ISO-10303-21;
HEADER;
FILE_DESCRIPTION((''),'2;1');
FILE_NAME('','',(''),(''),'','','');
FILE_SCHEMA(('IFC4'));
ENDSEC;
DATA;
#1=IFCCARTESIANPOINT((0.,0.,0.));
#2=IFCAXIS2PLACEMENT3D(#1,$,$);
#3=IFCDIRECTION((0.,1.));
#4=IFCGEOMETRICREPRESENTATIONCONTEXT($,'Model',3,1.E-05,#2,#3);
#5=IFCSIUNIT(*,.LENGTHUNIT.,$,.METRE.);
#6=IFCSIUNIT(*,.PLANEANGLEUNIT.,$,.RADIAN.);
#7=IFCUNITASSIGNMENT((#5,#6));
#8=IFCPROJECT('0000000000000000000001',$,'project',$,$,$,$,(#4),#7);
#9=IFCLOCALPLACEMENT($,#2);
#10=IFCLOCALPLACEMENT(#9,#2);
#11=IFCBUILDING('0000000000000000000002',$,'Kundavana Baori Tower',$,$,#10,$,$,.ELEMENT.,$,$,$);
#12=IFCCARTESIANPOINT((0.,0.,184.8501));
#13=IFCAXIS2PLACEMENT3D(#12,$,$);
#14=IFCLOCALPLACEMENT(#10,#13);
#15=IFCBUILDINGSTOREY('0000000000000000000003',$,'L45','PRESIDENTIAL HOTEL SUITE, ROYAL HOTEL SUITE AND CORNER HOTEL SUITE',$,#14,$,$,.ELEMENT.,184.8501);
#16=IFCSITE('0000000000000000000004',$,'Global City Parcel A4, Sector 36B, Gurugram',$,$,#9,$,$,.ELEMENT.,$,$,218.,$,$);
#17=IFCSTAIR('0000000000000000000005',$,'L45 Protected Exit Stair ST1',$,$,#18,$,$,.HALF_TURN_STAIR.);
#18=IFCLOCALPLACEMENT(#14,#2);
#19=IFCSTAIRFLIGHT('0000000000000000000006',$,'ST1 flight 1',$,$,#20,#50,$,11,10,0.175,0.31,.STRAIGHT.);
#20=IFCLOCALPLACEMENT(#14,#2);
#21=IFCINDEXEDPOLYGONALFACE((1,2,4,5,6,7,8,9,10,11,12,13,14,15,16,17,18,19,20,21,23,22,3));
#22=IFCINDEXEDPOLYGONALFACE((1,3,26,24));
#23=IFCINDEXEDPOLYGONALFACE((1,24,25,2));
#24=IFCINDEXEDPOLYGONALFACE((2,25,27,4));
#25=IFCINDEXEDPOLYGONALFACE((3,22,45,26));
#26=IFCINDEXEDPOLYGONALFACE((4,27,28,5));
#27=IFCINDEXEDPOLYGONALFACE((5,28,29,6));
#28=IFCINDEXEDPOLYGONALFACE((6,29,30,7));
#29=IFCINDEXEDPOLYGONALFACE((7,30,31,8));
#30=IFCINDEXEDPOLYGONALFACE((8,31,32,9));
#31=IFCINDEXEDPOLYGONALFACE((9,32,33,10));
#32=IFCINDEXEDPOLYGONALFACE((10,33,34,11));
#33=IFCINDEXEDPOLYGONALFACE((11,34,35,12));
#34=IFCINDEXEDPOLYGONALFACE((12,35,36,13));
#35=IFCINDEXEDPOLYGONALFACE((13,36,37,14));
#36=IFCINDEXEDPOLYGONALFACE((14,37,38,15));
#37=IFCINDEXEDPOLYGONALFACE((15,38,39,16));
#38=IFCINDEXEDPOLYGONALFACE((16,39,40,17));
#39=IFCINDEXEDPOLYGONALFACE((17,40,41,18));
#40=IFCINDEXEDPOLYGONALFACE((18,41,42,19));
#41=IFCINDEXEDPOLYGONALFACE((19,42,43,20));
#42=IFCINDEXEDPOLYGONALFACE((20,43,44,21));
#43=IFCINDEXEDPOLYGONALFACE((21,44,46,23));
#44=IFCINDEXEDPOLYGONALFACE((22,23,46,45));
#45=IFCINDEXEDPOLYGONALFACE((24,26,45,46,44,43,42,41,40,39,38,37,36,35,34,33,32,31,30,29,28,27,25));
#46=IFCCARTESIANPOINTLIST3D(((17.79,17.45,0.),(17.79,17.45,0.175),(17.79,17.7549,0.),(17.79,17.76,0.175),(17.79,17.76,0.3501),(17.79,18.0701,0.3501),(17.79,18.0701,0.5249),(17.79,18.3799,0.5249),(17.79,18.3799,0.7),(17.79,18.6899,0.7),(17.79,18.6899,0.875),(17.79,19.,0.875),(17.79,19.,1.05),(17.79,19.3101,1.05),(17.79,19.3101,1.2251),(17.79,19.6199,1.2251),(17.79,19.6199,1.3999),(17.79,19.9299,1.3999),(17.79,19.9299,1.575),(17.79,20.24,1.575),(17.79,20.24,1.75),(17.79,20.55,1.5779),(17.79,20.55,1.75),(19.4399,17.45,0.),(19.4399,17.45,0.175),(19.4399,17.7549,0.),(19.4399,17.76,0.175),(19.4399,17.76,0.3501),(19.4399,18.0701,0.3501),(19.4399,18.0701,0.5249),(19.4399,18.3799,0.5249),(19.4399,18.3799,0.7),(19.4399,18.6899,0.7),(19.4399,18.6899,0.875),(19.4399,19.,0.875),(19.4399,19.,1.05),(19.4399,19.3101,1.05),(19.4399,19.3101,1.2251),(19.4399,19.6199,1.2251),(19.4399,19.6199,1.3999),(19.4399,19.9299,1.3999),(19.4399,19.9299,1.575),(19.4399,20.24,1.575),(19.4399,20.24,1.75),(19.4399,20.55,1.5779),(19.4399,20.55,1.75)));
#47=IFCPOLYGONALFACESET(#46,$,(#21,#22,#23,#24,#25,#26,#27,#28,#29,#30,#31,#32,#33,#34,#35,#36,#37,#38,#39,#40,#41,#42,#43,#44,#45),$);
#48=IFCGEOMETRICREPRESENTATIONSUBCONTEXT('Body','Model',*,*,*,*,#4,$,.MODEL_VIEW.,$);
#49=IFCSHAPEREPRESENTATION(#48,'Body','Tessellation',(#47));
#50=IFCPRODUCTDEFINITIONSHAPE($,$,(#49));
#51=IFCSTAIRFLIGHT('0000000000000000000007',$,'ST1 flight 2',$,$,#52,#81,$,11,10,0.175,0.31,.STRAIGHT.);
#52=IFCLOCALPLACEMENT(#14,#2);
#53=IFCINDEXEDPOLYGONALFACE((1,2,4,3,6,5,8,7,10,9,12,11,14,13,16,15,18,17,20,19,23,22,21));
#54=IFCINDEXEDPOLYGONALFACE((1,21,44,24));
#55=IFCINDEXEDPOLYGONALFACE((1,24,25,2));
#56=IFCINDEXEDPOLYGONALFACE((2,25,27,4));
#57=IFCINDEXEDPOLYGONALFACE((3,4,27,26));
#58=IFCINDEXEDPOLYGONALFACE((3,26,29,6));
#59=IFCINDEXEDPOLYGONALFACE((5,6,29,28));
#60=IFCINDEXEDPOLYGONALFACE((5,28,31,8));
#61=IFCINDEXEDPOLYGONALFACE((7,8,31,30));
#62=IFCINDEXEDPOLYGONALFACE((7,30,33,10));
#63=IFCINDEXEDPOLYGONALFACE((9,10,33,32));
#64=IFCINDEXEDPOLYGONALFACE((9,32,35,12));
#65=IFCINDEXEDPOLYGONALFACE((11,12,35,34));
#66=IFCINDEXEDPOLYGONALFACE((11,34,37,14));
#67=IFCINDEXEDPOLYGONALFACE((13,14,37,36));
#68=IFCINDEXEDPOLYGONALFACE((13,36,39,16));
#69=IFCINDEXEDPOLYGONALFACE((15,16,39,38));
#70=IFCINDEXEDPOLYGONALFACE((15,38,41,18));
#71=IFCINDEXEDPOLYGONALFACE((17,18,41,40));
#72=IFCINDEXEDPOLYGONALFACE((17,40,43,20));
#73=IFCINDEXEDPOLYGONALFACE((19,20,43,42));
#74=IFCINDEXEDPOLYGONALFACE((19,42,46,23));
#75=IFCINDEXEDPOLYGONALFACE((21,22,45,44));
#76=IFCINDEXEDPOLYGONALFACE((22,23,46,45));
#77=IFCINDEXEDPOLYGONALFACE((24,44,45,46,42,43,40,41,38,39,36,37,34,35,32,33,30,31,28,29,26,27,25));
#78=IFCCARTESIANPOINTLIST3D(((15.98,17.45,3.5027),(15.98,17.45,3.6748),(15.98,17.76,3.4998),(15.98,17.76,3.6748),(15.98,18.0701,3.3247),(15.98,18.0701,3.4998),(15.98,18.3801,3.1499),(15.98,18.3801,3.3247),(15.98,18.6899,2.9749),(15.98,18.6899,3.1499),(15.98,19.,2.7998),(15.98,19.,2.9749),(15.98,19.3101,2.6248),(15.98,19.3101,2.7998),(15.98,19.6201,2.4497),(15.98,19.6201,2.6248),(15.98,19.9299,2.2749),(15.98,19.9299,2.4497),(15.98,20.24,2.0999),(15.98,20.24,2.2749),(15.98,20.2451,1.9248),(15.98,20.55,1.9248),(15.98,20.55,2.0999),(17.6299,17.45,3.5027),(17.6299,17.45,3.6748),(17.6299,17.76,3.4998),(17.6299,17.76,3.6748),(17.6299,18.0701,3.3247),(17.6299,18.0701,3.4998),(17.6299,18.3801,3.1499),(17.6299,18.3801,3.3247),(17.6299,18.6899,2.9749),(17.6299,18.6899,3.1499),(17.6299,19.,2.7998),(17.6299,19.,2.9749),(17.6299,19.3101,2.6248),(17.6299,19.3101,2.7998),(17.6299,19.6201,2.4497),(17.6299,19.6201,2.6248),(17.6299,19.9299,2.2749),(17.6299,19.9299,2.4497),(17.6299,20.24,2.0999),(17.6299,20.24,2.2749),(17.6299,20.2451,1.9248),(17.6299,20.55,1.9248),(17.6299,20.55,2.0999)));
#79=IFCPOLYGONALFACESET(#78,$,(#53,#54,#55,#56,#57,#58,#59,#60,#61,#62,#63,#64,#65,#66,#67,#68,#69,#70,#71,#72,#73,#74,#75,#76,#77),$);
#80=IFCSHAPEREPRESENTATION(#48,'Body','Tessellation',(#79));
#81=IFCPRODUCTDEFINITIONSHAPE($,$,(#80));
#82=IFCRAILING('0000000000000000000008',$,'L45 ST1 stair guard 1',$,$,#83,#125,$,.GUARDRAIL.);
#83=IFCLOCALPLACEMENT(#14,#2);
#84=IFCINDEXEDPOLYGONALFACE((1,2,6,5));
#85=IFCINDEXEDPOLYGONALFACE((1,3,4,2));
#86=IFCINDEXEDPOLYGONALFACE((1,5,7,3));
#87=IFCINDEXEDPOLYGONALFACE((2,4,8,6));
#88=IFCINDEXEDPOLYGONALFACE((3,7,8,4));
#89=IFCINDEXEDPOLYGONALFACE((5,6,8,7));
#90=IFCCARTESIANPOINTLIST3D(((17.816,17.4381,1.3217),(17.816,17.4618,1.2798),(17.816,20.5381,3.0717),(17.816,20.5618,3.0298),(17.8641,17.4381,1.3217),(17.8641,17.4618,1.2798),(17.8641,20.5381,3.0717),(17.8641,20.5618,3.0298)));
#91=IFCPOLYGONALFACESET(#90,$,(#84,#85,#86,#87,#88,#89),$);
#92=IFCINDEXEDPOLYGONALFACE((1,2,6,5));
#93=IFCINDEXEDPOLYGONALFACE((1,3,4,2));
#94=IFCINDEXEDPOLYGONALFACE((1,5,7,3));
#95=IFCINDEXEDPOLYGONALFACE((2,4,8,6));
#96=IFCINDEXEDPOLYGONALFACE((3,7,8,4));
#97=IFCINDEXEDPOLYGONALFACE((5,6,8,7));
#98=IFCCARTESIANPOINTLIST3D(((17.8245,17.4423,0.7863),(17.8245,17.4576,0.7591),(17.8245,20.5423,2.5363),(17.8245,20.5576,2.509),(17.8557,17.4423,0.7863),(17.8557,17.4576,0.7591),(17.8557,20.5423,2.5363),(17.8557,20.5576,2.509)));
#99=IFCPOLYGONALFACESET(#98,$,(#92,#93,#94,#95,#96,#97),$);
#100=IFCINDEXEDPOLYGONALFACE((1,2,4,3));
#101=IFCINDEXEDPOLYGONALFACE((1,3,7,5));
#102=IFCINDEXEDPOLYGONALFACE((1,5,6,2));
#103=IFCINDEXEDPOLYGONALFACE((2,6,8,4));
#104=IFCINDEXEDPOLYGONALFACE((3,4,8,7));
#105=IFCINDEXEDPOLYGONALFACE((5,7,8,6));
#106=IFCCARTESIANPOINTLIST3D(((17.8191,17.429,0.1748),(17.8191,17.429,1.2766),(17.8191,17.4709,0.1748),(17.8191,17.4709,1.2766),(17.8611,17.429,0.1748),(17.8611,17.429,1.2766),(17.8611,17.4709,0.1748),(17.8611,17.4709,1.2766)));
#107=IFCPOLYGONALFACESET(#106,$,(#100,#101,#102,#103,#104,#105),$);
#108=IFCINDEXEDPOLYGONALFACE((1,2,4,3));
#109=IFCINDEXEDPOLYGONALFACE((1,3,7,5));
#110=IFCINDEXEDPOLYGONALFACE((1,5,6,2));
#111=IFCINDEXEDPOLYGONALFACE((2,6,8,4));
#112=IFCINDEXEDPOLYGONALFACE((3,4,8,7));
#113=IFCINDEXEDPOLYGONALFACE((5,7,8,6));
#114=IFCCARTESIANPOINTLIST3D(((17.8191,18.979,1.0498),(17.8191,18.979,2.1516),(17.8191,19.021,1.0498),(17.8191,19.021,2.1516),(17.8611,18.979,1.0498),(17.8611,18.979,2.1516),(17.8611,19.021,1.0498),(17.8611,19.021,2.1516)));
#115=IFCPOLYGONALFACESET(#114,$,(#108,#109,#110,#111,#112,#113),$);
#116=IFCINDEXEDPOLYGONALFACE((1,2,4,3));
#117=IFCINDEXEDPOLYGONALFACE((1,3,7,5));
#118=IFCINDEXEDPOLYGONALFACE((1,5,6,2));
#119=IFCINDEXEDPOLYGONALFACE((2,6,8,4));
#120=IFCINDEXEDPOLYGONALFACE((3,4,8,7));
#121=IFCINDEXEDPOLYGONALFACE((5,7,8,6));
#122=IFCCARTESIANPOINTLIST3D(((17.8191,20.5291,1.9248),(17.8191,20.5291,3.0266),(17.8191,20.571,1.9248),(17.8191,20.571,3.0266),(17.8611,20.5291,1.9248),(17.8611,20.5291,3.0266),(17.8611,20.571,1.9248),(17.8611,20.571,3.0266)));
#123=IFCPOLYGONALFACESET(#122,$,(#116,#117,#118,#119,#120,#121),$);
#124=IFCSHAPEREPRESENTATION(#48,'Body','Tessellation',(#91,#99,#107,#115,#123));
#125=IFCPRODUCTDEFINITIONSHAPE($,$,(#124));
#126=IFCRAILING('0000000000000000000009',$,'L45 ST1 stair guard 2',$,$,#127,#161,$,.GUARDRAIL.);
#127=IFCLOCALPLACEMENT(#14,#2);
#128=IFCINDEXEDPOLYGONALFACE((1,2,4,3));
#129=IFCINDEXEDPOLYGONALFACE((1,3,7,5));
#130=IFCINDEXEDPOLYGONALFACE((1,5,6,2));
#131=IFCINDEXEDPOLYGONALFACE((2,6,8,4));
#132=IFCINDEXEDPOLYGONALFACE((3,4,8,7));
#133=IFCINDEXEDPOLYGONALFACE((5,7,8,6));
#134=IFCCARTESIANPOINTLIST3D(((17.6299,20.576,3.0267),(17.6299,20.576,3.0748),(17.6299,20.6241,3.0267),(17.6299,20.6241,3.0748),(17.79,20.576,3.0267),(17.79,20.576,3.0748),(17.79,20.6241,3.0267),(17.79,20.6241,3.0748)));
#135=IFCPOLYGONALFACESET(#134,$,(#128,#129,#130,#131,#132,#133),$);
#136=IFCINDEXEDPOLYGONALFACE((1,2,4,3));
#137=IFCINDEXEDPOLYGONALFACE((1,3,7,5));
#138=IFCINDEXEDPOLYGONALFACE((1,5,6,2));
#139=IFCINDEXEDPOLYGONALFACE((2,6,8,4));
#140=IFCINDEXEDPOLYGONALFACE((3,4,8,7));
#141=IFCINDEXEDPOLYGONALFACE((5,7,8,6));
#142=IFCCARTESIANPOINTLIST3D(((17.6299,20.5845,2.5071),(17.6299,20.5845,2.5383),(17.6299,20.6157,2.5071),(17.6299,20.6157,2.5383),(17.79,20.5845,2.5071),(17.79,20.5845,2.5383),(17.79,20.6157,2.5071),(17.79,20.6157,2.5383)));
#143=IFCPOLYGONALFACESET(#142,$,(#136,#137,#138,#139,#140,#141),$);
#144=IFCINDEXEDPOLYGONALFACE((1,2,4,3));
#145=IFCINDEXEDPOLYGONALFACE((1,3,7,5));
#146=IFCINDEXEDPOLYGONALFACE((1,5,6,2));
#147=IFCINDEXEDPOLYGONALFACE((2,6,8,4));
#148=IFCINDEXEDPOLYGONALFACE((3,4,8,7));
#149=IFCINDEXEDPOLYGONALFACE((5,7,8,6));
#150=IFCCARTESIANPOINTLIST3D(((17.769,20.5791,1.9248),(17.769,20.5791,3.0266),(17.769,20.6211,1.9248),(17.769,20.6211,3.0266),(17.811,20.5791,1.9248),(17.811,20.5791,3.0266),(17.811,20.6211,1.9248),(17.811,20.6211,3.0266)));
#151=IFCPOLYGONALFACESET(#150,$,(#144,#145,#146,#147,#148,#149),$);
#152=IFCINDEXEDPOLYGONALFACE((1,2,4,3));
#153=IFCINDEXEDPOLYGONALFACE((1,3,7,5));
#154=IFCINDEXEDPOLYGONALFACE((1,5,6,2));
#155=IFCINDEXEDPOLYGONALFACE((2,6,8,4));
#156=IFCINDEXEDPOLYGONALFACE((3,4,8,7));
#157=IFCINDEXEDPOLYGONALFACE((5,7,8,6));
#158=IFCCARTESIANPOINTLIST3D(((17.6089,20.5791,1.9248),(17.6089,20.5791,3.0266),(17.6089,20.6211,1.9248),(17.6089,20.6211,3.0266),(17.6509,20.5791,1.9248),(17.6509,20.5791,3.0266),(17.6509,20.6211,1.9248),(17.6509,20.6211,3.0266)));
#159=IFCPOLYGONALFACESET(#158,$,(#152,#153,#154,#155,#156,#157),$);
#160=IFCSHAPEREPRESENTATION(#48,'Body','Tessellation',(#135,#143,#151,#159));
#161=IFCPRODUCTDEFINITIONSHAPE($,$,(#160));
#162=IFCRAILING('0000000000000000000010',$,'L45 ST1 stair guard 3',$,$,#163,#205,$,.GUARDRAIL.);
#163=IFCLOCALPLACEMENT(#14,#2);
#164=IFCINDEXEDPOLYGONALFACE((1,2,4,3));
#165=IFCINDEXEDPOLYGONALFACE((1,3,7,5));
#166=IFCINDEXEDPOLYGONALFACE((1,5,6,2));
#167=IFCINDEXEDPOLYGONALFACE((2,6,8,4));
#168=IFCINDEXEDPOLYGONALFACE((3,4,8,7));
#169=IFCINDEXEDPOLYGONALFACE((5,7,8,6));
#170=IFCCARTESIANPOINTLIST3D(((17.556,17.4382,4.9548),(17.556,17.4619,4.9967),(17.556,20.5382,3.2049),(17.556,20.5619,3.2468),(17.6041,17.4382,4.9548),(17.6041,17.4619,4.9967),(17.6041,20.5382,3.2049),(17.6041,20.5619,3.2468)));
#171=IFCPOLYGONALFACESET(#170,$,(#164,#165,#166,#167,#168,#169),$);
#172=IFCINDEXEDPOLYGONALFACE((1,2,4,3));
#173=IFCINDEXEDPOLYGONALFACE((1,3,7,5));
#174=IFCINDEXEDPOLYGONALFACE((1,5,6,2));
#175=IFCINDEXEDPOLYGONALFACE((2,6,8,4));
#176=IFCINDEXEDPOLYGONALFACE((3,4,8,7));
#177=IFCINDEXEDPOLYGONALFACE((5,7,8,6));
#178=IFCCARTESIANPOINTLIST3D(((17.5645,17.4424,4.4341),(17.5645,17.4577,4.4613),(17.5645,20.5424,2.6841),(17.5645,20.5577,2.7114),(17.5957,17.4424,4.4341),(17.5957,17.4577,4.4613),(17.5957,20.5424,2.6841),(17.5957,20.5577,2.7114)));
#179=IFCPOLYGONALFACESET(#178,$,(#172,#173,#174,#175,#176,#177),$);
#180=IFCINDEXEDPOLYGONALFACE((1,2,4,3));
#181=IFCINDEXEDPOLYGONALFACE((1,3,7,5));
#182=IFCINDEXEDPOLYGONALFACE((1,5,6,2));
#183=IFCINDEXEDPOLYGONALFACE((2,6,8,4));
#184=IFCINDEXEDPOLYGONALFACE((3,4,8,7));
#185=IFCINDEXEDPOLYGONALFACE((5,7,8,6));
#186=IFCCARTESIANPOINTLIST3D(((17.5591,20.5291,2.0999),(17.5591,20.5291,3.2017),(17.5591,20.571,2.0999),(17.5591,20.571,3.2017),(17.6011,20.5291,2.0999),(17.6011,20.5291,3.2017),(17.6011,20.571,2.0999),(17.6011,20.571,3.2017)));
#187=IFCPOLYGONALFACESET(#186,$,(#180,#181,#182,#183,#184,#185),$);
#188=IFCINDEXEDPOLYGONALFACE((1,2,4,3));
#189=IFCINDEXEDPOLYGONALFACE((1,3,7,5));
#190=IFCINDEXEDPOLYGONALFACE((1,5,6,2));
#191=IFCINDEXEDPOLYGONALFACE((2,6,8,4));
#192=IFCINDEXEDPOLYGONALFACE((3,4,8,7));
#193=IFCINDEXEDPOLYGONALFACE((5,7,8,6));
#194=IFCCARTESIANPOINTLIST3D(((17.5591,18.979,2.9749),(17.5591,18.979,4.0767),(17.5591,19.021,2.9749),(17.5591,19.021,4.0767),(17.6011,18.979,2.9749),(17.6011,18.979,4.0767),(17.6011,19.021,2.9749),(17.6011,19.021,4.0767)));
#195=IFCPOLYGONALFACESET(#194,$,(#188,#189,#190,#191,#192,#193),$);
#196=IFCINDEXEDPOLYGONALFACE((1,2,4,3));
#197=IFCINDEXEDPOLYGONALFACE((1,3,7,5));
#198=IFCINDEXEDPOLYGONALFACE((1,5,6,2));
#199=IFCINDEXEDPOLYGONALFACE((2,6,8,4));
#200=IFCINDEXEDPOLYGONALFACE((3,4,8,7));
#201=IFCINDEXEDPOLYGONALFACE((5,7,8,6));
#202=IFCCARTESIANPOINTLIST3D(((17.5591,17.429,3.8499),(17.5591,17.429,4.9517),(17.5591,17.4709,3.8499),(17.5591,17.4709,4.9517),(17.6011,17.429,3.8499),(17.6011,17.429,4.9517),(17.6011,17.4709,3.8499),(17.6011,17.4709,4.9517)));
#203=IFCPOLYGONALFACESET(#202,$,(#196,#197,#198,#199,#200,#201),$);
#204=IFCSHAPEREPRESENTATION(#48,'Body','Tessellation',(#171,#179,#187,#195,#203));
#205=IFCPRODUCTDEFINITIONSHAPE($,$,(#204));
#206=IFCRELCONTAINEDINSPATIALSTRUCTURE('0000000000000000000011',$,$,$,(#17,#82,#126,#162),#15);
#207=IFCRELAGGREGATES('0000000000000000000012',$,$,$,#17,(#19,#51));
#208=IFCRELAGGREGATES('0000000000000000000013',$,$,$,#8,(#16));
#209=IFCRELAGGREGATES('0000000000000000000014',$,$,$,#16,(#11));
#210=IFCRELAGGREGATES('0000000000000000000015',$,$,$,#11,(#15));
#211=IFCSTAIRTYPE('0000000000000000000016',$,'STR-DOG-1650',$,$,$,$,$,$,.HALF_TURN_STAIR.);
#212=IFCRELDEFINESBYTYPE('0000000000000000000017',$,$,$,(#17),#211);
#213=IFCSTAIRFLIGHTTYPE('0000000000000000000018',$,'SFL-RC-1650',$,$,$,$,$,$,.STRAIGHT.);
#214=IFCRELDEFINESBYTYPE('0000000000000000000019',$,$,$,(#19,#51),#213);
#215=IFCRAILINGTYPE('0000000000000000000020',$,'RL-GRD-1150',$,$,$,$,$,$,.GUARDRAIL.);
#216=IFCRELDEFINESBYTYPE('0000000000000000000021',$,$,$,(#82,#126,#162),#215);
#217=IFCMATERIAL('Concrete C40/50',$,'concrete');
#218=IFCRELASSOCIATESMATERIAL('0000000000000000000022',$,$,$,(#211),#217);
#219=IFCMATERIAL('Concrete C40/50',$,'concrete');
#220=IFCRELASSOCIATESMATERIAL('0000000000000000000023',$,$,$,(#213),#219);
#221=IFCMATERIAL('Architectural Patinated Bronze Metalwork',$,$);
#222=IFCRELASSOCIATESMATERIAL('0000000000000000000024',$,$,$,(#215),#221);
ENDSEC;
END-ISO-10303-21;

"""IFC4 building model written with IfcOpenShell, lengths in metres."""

from ifc_helpers import new_model, si_unit, direction, frame, origin, origin_2d, place, context, subcontext, project, spatial, polyline, rectangle, outline, extrude, material, type_object, element, aggregate, save


model = new_model("IFC4")

# Units and contexts
model_context = context("Model", 3, precision=1e-05, world=origin(), true_north=direction((0.0, 1.0)))
body_context = subcontext(model_context, "Body", "Model", "MODEL_VIEW")
ifc_project = project(units=[si_unit("LENGTHUNIT", "METRE"), si_unit("PLANEANGLEUNIT", "RADIAN")], contexts=[model_context])

# Site, building, storey
site_placement = place(None, origin())
site = spatial("IfcSite", under=ifc_project, at=site_placement, Name="Global City Parcel A4, Sector 36B, Gurugram", CompositionType="ELEMENT", RefElevation=218.0)
building_placement = place(site_placement, origin())
building = spatial("IfcBuilding", under=site, at=building_placement, Name="Kundavana Baori Tower", CompositionType="ELEMENT")
storey_placement = place(building_placement, frame((0.0, 0.0, 184.8501)))
storey = spatial("IfcBuildingStorey", under=building, at=storey_placement, Name="L45", Description="PRESIDENTIAL HOTEL SUITE, ROYAL HOTEL SUITE AND CORNER HOTEL SUITE", CompositionType="ELEMENT", Elevation=184.8501)

# Stair, stair flights
ifc_material_1 = material(Name="Concrete C40/50", Category="concrete")
stair_type = type_object("IfcStairType", Name="STR-DOG-1650", PredefinedType="HALF_TURN_STAIR", material=ifc_material_1)
stair_placement = place(storey_placement, origin())
stair = element("IfcStair", 1, at=stair_placement, inside=storey, type_object=stair_type, Name="L45 Protected Exit Stair ST1", PredefinedType="HALF_TURN_STAIR")
ifc_material_2 = material(Name="Concrete C40/50", Category="concrete")
stair_flight_type = type_object("IfcStairFlightType", Name="SFL-RC-1650", PredefinedType="STRAIGHT", material=ifc_material_2)
stair_flight_1_placement = place(storey_placement, frame((18.615, 17.45, 0.0), z_axis=(0.0, 0.0, 1.0), x_axis=(0.0, 1.0, 0.0)))
stair_flight_1 = element("IfcStairFlight", 2, at=stair_flight_1_placement, type_object=stair_flight_type, Name="ST1 flight 1", NumberOfRisers=11, NumberOfTreads=10, PredefinedType="STRAIGHT", RiserHeight=0.175, TreadLength=0.31, context=body_context, shape_type="SweptSolid", body=[
    extrude(outline(polyline([(0.0, 0.0), (0.0, 0.175), (0.3101, 0.175), (0.3101, 0.3501), (0.6201, 0.3501), (0.6201, 0.5249), (0.9299, 0.5249), (0.9299, 0.7), (1.24, 0.7), (1.24, 0.875), (1.55, 0.875), (1.55, 1.05), (1.8601, 1.05), (1.8601, 1.2251), (2.1699, 1.2251), (2.1699, 1.3999), (2.48, 1.3999), (2.48, 1.575), (2.79, 1.575), (2.79, 1.75), (3.1001, 1.75), (3.1001, 1.925), (3.1001, 1.5779), (0.3049, 0.0), (0.0, 0.0)])), frame((0.0, 0.825, 0.0), z_axis=(0.0, -1.0, 0.0), x_axis=(1.0, 0.0, 0.0)), (0.0, 0.0, 1.0), 1.6499),
])
stair_flight_2_placement = place(storey_placement, frame((16.8049, 20.55, 1.9248), z_axis=(0.0, 0.0, 1.0), x_axis=(0.0, -1.0, 0.0)))
stair_flight_2 = element("IfcStairFlight", 3, at=stair_flight_2_placement, type_object=stair_flight_type, Name="ST1 flight 2", NumberOfRisers=11, NumberOfTreads=10, PredefinedType="STRAIGHT", RiserHeight=0.175, TreadLength=0.31, context=body_context, shape_type="SweptSolid", body=[
    extrude(outline(polyline([(0.0, 0.0), (0.0, 0.175), (0.3101, 0.175), (0.3101, 0.3501), (0.6201, 0.3501), (0.6201, 0.5249), (0.9299, 0.5249), (0.9299, 0.7), (1.24, 0.7), (1.24, 0.875), (1.55, 0.875), (1.55, 1.05), (1.8601, 1.05), (1.8601, 1.2251), (2.1699, 1.2251), (2.1699, 1.3999), (2.48, 1.3999), (2.48, 1.575), (2.79, 1.575), (2.79, 1.75), (3.1001, 1.75), (3.1001, 1.925), (3.1001, 1.5779), (0.3049, 0.0), (0.0, 0.0)])), frame((0.0, 0.825, 0.0), z_axis=(0.0, -1.0, 0.0), x_axis=(1.0, 0.0, 0.0)), (0.0, 0.0, 1.0), 1.6499),
])
aggregate(stair, [stair_flight_1, stair_flight_2])

# Railings
ifc_material_3 = material(Name="Architectural Patinated Bronze Metalwork")
railing_type_1 = type_object("IfcRailingType", Name="RL-GRD-1150", PredefinedType="GUARDRAIL", material=ifc_material_3)
railing_1_placement = place(storey_placement, frame((17.8401, 17.45, 0.1748)))
element("IfcRailing", 4, at=railing_1_placement, inside=storey, type_object=railing_type_1, Name="L45 ST1 stair guard 1", PredefinedType="GUARDRAIL", context=body_context, shape_type="SweptSolid", body=[
    extrude(rectangle(XDim=0.0481, YDim=0.0481, at=origin_2d()), frame((0.0, 0.0, 1.126), z_axis=(0.0, 0.870831, 0.491583), x_axis=(-1.0, 0.0, 0.0)), (0.0, 0.0, 1.0), 3.5598),
    extrude(rectangle(XDim=0.0312, YDim=0.0312, at=origin_2d()), frame((0.0, 0.0, 0.5979), z_axis=(0.0, 0.870831, 0.491583), x_axis=(-1.0, 0.0, 0.0)), (0.0, 0.0, 1.0), 3.5598),
    extrude(rectangle(XDim=0.042, YDim=0.042, at=origin_2d()), origin(), (0.0, 0.0, 1.0), 1.1018),
    extrude(rectangle(XDim=0.042, YDim=0.042, at=origin_2d()), frame((0.0, 1.55, 0.875)), (0.0, 0.0, 1.0), 1.1018),
    extrude(rectangle(XDim=0.042, YDim=0.042, at=origin_2d()), frame((0.0, 3.1001, 1.75)), (0.0, 0.0, 1.0), 1.1018),
])
railing_2_placement = place(storey_placement, frame((17.79, 20.6001, 1.9248)))
element("IfcRailing", 5, at=railing_2_placement, inside=storey, type_object=railing_type_1, Name="L45 ST1 stair guard 2", PredefinedType="GUARDRAIL", context=body_context, shape_type="SweptSolid", body=[
    extrude(rectangle(XDim=0.0481, YDim=0.0481, at=origin_2d()), frame((0.0, 0.0, 1.126), z_axis=(-1.0, 0.0, 0.0), x_axis=(0.0, -1.0, 0.0)), (0.0, 0.0, 1.0), 0.1602),
    extrude(rectangle(XDim=0.0312, YDim=0.0312, at=origin_2d()), frame((0.0, 0.0, 0.5979), z_axis=(-1.0, 0.0, 0.0), x_axis=(0.0, -1.0, 0.0)), (0.0, 0.0, 1.0), 0.1602),
    extrude(rectangle(XDim=0.042, YDim=0.042, at=origin_2d()), origin(), (0.0, 0.0, 1.0), 1.1018),
    extrude(rectangle(XDim=0.042, YDim=0.042, at=origin_2d()), frame((-0.1602, 0.0, 0.0)), (0.0, 0.0, 1.0), 1.1018),
])
railing_3_placement = place(storey_placement, frame((17.5801, 20.55, 2.0999)))
element("IfcRailing", 6, at=railing_3_placement, inside=storey, type_object=railing_type_1, Name="L45 ST1 stair guard 3", PredefinedType="GUARDRAIL", context=body_context, shape_type="SweptSolid", body=[
    extrude(rectangle(XDim=0.0481, YDim=0.0481, at=origin_2d()), frame((0.0, 0.0, 1.126), z_axis=(0.0, -0.870831, 0.491583), x_axis=(1.0, 0.0, 0.0)), (0.0, 0.0, 1.0), 3.5598),
    extrude(rectangle(XDim=0.0312, YDim=0.0312, at=origin_2d()), frame((0.0, 0.0, 0.5979), z_axis=(0.0, -0.870831, 0.491583), x_axis=(1.0, 0.0, 0.0)), (0.0, 0.0, 1.0), 3.5598),
    extrude(rectangle(XDim=0.042, YDim=0.042, at=origin_2d()), origin(), (0.0, 0.0, 1.0), 1.1018),
    extrude(rectangle(XDim=0.042, YDim=0.042, at=origin_2d()), frame((0.0, -1.55, 0.875)), (0.0, 0.0, 1.0), 1.1018),
    extrude(rectangle(XDim=0.042, YDim=0.042, at=origin_2d()), frame((0.0, -3.1001, 1.75)), (0.0, 0.0, 1.0), 1.1018),
])

save(model, "model.ifc")
